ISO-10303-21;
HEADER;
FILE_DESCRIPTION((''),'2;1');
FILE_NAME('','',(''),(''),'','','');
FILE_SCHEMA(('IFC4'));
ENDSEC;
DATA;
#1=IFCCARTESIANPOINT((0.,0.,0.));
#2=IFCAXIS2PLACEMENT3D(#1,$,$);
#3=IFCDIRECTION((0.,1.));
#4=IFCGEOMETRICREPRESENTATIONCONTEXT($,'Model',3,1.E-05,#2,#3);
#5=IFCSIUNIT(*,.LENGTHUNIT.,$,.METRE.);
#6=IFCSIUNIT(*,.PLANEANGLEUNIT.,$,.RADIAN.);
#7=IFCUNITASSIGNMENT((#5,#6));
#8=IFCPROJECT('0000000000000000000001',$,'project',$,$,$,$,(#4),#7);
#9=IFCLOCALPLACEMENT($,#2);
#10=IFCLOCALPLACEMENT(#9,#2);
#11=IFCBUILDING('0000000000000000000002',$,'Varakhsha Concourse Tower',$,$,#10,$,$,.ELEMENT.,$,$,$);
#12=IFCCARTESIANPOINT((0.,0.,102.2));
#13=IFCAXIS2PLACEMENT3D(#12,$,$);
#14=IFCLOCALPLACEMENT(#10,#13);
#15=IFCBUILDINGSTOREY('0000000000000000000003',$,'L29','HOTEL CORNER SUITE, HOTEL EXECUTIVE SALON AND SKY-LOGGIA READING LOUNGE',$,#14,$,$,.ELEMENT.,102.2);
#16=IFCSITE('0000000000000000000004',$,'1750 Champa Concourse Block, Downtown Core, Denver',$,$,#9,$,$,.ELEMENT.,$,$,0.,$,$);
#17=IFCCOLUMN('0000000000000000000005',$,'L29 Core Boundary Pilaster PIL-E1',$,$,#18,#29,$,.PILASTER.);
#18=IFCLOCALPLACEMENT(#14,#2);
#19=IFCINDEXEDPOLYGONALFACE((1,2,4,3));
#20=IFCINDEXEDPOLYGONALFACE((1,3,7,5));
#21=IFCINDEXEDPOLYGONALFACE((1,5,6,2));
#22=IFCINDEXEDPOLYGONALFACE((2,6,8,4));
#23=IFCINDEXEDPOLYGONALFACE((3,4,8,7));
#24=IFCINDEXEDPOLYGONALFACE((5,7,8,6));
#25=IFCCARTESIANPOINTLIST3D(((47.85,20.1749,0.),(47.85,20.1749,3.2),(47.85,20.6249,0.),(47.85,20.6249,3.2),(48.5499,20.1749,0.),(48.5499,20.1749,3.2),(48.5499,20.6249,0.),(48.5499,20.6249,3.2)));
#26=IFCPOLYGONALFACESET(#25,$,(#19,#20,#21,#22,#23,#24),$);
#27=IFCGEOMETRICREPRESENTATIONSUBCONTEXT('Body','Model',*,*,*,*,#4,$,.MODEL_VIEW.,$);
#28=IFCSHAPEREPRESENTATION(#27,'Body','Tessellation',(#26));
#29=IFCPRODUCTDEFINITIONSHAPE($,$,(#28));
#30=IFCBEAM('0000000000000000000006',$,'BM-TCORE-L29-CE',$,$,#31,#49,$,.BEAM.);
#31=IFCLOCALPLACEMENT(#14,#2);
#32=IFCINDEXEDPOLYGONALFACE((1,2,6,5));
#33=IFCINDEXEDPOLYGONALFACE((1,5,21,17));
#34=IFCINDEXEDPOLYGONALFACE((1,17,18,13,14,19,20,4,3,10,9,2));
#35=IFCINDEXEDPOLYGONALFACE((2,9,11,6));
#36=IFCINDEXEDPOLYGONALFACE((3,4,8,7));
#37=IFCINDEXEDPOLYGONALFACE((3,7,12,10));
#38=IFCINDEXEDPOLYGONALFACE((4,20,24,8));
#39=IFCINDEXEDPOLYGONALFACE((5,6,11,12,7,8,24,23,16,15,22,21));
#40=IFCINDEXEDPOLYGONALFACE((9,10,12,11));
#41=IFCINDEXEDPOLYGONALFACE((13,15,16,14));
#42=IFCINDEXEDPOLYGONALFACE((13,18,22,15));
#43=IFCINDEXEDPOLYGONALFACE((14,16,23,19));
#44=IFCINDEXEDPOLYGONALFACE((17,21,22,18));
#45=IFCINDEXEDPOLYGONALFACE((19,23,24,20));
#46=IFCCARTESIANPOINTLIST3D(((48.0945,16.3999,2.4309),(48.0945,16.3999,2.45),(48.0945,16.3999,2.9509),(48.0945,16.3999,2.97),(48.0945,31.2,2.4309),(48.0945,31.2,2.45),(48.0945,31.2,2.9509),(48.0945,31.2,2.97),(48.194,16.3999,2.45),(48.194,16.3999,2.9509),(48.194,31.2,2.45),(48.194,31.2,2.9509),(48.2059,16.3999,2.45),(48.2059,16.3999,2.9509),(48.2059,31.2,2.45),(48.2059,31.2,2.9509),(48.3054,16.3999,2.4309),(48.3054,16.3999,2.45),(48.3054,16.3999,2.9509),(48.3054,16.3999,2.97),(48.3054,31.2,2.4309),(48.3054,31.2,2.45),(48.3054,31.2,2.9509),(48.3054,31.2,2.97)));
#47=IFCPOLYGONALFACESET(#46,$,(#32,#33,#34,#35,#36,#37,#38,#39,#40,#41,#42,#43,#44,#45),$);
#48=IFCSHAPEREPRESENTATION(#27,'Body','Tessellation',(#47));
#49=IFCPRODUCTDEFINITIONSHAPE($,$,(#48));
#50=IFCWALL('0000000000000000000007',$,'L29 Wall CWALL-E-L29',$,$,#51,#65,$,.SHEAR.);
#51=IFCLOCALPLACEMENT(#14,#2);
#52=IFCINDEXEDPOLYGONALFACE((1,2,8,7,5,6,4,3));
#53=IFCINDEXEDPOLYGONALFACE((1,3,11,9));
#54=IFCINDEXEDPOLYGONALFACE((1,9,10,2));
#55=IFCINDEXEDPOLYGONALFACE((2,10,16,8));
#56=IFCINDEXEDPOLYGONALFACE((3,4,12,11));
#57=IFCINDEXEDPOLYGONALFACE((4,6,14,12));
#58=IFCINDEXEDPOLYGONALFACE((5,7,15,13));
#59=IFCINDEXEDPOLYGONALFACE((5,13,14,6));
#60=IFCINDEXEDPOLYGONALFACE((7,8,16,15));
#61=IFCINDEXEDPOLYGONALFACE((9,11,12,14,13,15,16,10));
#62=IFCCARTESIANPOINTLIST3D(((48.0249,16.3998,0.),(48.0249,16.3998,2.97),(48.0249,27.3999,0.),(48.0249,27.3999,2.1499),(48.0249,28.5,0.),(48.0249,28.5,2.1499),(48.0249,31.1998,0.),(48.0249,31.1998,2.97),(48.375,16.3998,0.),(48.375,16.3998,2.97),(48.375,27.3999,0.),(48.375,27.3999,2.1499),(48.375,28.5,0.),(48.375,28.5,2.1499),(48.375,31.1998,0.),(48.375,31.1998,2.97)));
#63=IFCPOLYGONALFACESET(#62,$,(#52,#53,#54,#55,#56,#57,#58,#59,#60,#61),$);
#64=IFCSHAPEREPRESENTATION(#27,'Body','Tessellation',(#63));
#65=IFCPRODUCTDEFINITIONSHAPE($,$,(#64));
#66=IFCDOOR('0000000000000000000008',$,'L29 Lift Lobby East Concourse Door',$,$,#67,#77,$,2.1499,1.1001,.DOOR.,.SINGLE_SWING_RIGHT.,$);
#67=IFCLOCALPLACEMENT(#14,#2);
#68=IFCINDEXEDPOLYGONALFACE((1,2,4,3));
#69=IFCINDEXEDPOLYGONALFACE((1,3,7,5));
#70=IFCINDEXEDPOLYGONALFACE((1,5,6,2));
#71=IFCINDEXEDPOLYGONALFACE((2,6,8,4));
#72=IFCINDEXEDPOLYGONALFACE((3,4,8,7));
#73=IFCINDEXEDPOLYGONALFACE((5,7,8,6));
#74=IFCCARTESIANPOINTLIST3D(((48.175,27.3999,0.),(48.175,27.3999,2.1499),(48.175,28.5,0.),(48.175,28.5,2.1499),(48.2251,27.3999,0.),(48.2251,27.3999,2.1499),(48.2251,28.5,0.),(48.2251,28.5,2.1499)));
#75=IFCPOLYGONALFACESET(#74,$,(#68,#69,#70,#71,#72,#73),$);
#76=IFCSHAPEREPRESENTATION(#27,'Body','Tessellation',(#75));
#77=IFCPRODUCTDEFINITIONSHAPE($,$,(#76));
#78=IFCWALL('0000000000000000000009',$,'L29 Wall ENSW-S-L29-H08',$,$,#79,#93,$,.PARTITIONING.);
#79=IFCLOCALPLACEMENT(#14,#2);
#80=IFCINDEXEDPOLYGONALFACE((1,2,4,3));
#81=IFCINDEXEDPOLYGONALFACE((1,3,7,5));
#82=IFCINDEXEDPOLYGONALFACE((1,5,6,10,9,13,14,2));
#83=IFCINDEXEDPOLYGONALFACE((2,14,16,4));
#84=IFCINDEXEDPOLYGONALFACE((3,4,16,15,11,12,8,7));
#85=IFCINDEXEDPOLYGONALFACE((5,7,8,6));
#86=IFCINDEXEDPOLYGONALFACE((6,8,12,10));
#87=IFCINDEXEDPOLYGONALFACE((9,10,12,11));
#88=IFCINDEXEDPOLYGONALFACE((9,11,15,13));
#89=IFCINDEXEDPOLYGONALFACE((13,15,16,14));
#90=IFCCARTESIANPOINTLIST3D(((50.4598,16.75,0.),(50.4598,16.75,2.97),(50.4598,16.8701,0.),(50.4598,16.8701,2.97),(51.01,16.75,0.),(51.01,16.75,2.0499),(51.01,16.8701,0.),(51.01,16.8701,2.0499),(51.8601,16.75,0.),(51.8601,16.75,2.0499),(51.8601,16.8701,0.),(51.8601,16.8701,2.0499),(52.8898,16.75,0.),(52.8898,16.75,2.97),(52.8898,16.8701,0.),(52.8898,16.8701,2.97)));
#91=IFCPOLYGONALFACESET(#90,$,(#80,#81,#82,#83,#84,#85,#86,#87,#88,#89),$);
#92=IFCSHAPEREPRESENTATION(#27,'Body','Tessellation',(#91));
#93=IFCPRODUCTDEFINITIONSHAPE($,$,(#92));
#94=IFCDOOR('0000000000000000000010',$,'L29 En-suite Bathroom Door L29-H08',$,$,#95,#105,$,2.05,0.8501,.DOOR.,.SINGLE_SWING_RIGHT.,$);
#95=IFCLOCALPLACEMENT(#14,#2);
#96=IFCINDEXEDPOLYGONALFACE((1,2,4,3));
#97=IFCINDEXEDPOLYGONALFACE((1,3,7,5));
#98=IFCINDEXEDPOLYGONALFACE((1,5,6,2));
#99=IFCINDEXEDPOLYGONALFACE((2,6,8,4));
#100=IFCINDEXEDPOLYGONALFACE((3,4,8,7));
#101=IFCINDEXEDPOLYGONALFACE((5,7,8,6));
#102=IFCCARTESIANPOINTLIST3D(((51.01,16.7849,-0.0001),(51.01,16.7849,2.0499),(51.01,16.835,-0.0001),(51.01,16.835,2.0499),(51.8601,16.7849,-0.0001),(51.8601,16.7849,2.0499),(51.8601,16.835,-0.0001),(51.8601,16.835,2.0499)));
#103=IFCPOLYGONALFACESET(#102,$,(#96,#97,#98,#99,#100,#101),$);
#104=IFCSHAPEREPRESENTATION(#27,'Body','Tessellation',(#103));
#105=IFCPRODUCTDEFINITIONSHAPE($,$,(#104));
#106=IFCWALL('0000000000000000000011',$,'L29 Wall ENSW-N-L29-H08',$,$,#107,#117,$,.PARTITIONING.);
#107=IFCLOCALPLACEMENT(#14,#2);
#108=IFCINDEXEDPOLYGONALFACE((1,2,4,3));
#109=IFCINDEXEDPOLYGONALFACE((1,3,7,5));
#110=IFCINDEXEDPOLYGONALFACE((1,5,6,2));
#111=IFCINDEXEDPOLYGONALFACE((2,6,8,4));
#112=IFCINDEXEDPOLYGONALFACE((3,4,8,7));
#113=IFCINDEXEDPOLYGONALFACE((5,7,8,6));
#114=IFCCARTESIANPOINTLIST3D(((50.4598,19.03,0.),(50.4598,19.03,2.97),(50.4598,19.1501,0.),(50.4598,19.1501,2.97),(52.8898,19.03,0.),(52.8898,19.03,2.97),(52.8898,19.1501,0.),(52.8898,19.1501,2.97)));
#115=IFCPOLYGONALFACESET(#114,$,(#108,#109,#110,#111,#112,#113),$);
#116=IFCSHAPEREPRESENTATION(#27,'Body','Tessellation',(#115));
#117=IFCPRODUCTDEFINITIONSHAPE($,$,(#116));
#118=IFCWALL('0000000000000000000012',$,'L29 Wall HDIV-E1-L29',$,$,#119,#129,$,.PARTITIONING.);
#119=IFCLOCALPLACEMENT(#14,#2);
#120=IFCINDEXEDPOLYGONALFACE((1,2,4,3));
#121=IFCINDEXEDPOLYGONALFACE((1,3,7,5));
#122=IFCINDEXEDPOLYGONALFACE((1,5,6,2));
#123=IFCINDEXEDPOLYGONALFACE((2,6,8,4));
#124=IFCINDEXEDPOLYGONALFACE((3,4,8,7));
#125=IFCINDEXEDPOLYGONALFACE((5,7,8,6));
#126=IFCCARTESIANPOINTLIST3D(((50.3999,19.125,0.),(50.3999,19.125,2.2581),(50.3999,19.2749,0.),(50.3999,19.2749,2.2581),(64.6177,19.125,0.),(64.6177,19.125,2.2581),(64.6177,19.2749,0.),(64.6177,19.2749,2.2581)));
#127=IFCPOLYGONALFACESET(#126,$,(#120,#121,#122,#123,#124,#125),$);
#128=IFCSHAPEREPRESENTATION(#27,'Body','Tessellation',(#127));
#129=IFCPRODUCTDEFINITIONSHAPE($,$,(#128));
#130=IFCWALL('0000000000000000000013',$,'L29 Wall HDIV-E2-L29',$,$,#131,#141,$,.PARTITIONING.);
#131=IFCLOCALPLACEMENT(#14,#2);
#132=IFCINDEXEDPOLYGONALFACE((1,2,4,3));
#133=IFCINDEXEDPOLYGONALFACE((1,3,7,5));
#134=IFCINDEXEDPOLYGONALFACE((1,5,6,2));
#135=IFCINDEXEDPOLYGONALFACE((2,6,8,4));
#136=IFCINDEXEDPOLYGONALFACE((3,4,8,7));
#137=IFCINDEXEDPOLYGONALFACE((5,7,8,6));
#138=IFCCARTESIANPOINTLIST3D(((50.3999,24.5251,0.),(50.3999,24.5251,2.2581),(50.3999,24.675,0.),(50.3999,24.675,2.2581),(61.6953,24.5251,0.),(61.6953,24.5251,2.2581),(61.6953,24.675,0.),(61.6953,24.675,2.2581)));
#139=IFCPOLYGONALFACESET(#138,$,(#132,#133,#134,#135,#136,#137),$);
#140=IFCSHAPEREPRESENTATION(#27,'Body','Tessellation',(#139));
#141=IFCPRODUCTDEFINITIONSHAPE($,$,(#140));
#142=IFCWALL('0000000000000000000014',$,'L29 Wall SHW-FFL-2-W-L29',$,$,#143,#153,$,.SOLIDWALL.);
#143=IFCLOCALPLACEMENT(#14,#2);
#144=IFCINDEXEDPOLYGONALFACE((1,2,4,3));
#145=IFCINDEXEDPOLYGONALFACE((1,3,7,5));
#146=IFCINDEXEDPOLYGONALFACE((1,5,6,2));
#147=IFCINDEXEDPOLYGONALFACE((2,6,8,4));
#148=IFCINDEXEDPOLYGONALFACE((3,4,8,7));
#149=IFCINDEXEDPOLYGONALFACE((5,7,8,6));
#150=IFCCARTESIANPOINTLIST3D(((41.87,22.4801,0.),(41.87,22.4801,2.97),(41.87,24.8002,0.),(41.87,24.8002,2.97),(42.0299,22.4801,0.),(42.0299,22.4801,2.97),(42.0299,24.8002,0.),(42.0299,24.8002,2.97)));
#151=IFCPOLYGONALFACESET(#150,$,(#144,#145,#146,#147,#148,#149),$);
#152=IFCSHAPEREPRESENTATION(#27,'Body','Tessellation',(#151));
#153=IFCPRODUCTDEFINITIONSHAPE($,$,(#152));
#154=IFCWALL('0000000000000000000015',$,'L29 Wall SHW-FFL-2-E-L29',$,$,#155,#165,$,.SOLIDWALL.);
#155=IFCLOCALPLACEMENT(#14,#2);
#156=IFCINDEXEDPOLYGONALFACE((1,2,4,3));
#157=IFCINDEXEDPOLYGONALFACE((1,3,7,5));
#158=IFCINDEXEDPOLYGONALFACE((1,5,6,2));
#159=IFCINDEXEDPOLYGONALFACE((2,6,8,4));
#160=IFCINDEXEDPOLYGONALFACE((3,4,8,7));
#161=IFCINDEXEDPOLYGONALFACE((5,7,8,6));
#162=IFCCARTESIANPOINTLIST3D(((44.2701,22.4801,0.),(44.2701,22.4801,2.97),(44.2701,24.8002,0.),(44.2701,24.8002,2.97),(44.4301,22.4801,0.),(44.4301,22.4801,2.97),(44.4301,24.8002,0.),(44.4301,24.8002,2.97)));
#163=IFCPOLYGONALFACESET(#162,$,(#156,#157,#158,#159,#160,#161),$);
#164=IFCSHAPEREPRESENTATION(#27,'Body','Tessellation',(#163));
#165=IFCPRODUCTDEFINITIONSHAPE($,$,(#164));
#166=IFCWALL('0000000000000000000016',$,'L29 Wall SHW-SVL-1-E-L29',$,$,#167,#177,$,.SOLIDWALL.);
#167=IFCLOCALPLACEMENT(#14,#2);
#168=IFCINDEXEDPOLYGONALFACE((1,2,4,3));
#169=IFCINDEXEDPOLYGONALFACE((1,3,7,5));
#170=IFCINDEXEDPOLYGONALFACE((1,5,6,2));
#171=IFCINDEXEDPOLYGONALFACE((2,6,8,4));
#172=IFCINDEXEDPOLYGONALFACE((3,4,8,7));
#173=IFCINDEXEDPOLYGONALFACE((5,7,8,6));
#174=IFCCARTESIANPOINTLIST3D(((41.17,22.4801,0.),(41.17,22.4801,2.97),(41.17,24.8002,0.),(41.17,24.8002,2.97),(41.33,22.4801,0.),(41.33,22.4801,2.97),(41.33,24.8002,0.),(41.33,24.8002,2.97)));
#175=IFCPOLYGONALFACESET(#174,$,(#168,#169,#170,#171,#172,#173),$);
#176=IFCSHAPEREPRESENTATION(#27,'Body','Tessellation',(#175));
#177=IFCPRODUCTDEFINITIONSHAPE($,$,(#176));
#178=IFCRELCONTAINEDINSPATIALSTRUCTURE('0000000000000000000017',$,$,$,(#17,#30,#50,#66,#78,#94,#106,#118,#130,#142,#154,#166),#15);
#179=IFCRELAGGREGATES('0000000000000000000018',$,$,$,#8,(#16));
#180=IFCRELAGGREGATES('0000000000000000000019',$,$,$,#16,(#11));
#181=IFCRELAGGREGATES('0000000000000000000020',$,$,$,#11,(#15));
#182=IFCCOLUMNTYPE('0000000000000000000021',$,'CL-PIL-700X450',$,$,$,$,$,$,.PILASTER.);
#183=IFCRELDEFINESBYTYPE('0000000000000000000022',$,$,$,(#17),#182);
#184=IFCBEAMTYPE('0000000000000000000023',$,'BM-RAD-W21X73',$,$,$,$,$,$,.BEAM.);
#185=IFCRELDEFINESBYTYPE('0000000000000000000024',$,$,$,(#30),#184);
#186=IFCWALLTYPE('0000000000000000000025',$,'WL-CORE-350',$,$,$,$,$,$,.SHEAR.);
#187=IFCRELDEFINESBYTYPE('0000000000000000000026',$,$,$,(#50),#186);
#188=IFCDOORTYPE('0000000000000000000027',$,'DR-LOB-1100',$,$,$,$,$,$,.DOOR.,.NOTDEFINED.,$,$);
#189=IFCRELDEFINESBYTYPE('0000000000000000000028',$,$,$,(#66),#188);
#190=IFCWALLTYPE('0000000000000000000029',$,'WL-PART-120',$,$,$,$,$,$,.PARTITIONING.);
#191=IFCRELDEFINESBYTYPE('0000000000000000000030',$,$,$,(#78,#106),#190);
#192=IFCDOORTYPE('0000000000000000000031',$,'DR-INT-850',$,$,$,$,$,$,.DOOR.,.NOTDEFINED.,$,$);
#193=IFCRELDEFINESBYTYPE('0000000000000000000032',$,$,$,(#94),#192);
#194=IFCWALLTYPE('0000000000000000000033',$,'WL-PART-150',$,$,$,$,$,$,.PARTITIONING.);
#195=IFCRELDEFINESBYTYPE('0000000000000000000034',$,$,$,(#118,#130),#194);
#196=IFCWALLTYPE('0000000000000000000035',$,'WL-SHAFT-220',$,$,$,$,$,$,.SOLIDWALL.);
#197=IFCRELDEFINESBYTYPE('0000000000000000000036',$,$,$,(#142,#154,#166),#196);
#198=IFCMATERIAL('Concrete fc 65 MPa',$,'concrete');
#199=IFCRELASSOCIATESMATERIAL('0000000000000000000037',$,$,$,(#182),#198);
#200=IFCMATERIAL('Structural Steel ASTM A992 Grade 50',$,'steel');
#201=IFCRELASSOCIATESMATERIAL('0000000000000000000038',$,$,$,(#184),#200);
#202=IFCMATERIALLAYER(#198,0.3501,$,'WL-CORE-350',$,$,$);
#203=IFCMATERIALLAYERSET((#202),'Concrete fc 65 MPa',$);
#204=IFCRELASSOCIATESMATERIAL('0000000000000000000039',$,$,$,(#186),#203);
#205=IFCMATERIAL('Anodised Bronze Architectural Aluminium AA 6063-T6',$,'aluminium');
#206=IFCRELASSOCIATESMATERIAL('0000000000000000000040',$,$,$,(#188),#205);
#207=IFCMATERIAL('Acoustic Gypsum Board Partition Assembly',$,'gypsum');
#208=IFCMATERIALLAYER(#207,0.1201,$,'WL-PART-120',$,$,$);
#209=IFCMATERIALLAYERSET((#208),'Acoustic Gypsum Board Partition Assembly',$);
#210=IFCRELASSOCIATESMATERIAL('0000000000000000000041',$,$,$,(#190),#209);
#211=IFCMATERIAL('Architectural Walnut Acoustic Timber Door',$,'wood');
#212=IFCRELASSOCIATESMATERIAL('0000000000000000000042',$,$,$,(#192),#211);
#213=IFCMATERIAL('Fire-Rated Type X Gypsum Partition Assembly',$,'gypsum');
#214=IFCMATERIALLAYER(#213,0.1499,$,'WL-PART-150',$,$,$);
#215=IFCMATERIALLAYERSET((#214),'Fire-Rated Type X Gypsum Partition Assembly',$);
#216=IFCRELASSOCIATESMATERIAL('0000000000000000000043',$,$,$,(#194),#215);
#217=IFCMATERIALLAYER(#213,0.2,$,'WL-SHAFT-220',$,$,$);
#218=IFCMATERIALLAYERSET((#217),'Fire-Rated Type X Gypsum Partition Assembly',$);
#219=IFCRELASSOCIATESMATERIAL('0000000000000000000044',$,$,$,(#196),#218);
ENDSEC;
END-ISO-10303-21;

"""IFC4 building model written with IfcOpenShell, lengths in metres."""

from ifc_helpers import new_model, si_unit, direction, frame, frame_2d, origin, origin_2d, place, context, subcontext, project, spatial, rectangle, i_section, extrude, material, layer, layer_set, material_profile, profile_set, type_object, element, fill, save


model = new_model("IFC4")

# Units and contexts
model_context = context("Model", 3, precision=1e-05, world=origin(), true_north=direction((0.0, 1.0)))
body_context = subcontext(model_context, "Body", "Model", "MODEL_VIEW")
ifc_project = project(units=[si_unit("LENGTHUNIT", "METRE"), si_unit("PLANEANGLEUNIT", "RADIAN")], contexts=[model_context])

# Site, building, storey
site_placement = place(None, origin())
site = spatial("IfcSite", under=ifc_project, at=site_placement, Name="1750 Champa Concourse Block, Downtown Core, Denver", CompositionType="ELEMENT", RefElevation=0.0)
building_placement = place(site_placement, origin())
building = spatial("IfcBuilding", under=site, at=building_placement, Name="Varakhsha Concourse Tower", CompositionType="ELEMENT")
storey_placement = place(building_placement, frame((0.0, 0.0, 102.2)))
storey = spatial("IfcBuildingStorey", under=building, at=storey_placement, Name="L29", Description="HOTEL CORNER SUITE, HOTEL EXECUTIVE SALON AND SKY-LOGGIA READING LOUNGE", CompositionType="ELEMENT", Elevation=102.2)

# Column
ifc_material_1 = material(Name="Concrete fc 65 MPa", Category="concrete")
ifc_material_profile_1 = material_profile(ifc_material_1, rectangle(XDim=0.7, YDim=0.45, at=origin_2d()), Name="RC 700x450")
ifc_profile_set_1 = profile_set([ifc_material_profile_1], Name="Concrete fc 65 MPa")
column_type = type_object("IfcColumnType", Name="CL-PIL-700X450", PredefinedType="PILASTER", material=ifc_profile_set_1)
column_placement = place(storey_placement, frame((48.2, 20.3999, 0.0), z_axis=(0.0, 0.0, 1.0), x_axis=(1.0, 0.0, 0.0)))
element("IfcColumn", 1, at=column_placement, inside=storey, type_object=column_type, Name="L29 Core Boundary Pilaster PIL-E1", PredefinedType="PILASTER", context=body_context, shape_type="SweptSolid", body=[
    extrude(rectangle(XDim=0.7, YDim=0.45, at=origin_2d()), origin(), (0.0, 0.0, 1.0), 3.2),
])

# Beam
ifc_material_2 = material(Name="Structural Steel ASTM A992 Grade 50", Category="steel")
ifc_material_profile_2 = material_profile(ifc_material_2, i_section(OverallWidth=0.2109, OverallDepth=0.5391, WebThickness=0.012, FlangeThickness=0.019, at=origin_2d()), Name="W21X73")
ifc_profile_set_2 = profile_set([ifc_material_profile_2], Name="Structural Steel ASTM A992 Grade 50")
beam_type = type_object("IfcBeamType", Name="BM-RAD-W21X73", PredefinedType="BEAM", material=ifc_profile_set_2)
beam_placement = place(storey_placement, frame((48.2, 16.3999, 2.7004), z_axis=(0.0, 1.0, 0.0), x_axis=(-1.0, 0.0, 0.0)))
element("IfcBeam", 2, at=beam_placement, inside=storey, type_object=beam_type, Name="BM-TCORE-L29-CE", PredefinedType="BEAM", context=body_context, shape_type="SweptSolid", body=[
    extrude(i_section(OverallWidth=0.2109, OverallDepth=0.5391, WebThickness=0.012, FlangeThickness=0.019, at=origin_2d()), origin(), (0.0, 0.0, 1.0), 14.8),
])

# Walls, openings, doors
ifc_layer_1 = layer(ifc_material_1, 0.3501, Name="WL-CORE-350")
ifc_layer_set_1 = layer_set([ifc_layer_1], Name="Concrete fc 65 MPa")
wall_type_1 = type_object("IfcWallType", Name="WL-CORE-350", PredefinedType="SHEAR", material=ifc_layer_set_1)
wall_1_placement = place(storey_placement, frame((48.2, 16.3999, 0.0), z_axis=(0.0, 0.0, 1.0), x_axis=(0.0, 1.0, 0.0)))
wall_1 = element("IfcWall", 3, at=wall_1_placement, inside=storey, type_object=wall_type_1, Name="L29 Wall CWALL-E-L29", PredefinedType="SHEAR", context=body_context, shape_type="SweptSolid", body=[
    extrude(rectangle(XDim=14.8, YDim=0.3501, at=frame_2d((7.3999, 0.0))), origin(), (0.0, 0.0, 1.0), 2.97),
])
opening_1_placement = place(wall_1_placement, frame((11.0, 0.0, 0.0)))
opening_1 = element("IfcOpeningElement", 4, at=opening_1_placement, cuts=wall_1, PredefinedType="OPENING", context=body_context, shape_type="SweptSolid", body=[
    extrude(rectangle(XDim=1.1001, YDim=2.1499, at=frame_2d((0.55, 1.075))), frame((0.0, 0.1851, 0.0), z_axis=(0.0, -1.0, 0.0), x_axis=(1.0, 0.0, 0.0)), (0.0, 0.0, 1.0), 0.3701),
])
ifc_material_3 = material(Name="Anodised Bronze Architectural Aluminium AA 6063-T6", Category="aluminium")
door_type_1 = type_object("IfcDoorType", Name="DR-LOB-1100", OperationType="NOTDEFINED", PredefinedType="DOOR", material=ifc_material_3)
door_1_placement = place(opening_1_placement, origin())
door_1 = element("IfcDoor", 5, at=door_1_placement, inside=storey, type_object=door_type_1, Name="L29 Lift Lobby East Concourse Door", OperationType="SINGLE_SWING_RIGHT", OverallHeight=2.1499, OverallWidth=1.1001, PredefinedType="DOOR", context=body_context, shape_type="SweptSolid", body=[
    extrude(rectangle(XDim=1.1001, YDim=2.1499, at=frame_2d((0.55, 1.075))), frame((0.0, 0.0249, 0.0), z_axis=(0.0, -1.0, 0.0), x_axis=(1.0, 0.0, 0.0)), (0.0, 0.0, 1.0), 0.05),
])
fill(opening_1, door_1)
ifc_material_4 = material(Name="Acoustic Gypsum Board Partition Assembly", Category="gypsum")
ifc_layer_2 = layer(ifc_material_4, 0.1201, Name="WL-PART-120")
ifc_layer_set_2 = layer_set([ifc_layer_2], Name="Acoustic Gypsum Board Partition Assembly")
wall_type_2 = type_object("IfcWallType", Name="WL-PART-120", PredefinedType="PARTITIONING", material=ifc_layer_set_2)
wall_2_placement = place(storey_placement, frame((50.46, 16.8101, 0.0), z_axis=(0.0, 0.0, 1.0), x_axis=(1.0, 0.0, 0.0)))
wall_2 = element("IfcWall", 6, at=wall_2_placement, inside=storey, type_object=wall_type_2, Name="L29 Wall ENSW-S-L29-H08", PredefinedType="PARTITIONING", context=body_context, shape_type="SweptSolid", body=[
    extrude(rectangle(XDim=2.4299, YDim=0.1201, at=frame_2d((1.2148, 0.0))), origin(), (0.0, 0.0, 1.0), 2.97),
])
opening_2_placement = place(wall_2_placement, frame((0.55, 0.0, 0.0)))
opening_2 = element("IfcOpeningElement", 7, at=opening_2_placement, cuts=wall_2, PredefinedType="OPENING", context=body_context, shape_type="SweptSolid", body=[
    extrude(rectangle(XDim=0.8501, YDim=2.05, at=frame_2d((0.425, 1.0249))), frame((0.0, 0.0701, 0.0), z_axis=(0.0, -1.0, 0.0), x_axis=(1.0, 0.0, 0.0)), (0.0, 0.0, 1.0), 0.1401),
])
ifc_material_5 = material(Name="Architectural Walnut Acoustic Timber Door", Category="wood")
door_type_2 = type_object("IfcDoorType", Name="DR-INT-850", OperationType="NOTDEFINED", PredefinedType="DOOR", material=ifc_material_5)
door_2_placement = place(opening_2_placement, origin())
door_2 = element("IfcDoor", 8, at=door_2_placement, inside=storey, type_object=door_type_2, Name="L29 En-suite Bathroom Door L29-H08", OperationType="SINGLE_SWING_RIGHT", OverallHeight=2.05, OverallWidth=0.8501, PredefinedType="DOOR", context=body_context, shape_type="SweptSolid", body=[
    extrude(rectangle(XDim=0.8501, YDim=2.05, at=frame_2d((0.425, 1.0249))), frame((0.0, 0.0249, 0.0), z_axis=(0.0, -1.0, 0.0), x_axis=(1.0, 0.0, 0.0)), (0.0, 0.0, 1.0), 0.05),
])
fill(opening_2, door_2)

# Walls
wall_3_placement = place(storey_placement, frame((50.46, 19.0901, 0.0), z_axis=(0.0, 0.0, 1.0), x_axis=(1.0, 0.0, 0.0)))
element("IfcWall", 9, at=wall_3_placement, inside=storey, type_object=wall_type_2, Name="L29 Wall ENSW-N-L29-H08", PredefinedType="PARTITIONING", context=body_context, shape_type="SweptSolid", body=[
    extrude(rectangle(XDim=2.4299, YDim=0.1201, at=frame_2d((1.2148, 0.0))), origin(), (0.0, 0.0, 1.0), 2.97),
])
ifc_material_6 = material(Name="Fire-Rated Type X Gypsum Partition Assembly", Category="gypsum")
ifc_layer_3 = layer(ifc_material_6, 0.1499, Name="WL-PART-150")
ifc_layer_set_3 = layer_set([ifc_layer_3], Name="Fire-Rated Type X Gypsum Partition Assembly")
wall_type_3 = type_object("IfcWallType", Name="WL-PART-150", PredefinedType="PARTITIONING", material=ifc_layer_set_3)
wall_4_placement = place(storey_placement, frame((50.3999, 19.2, 0.0), z_axis=(0.0, 0.0, 1.0), x_axis=(1.0, 0.0, 0.0)))
element("IfcWall", 10, at=wall_4_placement, inside=storey, type_object=wall_type_3, Name="L29 Wall HDIV-E1-L29", PredefinedType="PARTITIONING", context=body_context, shape_type="SweptSolid", body=[
    extrude(rectangle(XDim=14.2178, YDim=0.1499, at=frame_2d((7.1089, 0.0))), origin(), (0.0, 0.0, 1.0), 2.2581),
])
wall_5_placement = place(storey_placement, frame((50.3999, 24.6001, 0.0), z_axis=(0.0, 0.0, 1.0), x_axis=(1.0, 0.0, 0.0)))
element("IfcWall", 11, at=wall_5_placement, inside=storey, type_object=wall_type_3, Name="L29 Wall HDIV-E2-L29", PredefinedType="PARTITIONING", context=body_context, shape_type="SweptSolid", body=[
    extrude(rectangle(XDim=11.2954, YDim=0.1499, at=frame_2d((5.6477, 0.0))), origin(), (0.0, 0.0, 1.0), 2.2581),
])
ifc_layer_4 = layer(ifc_material_6, 0.2, Name="WL-SHAFT-220")
ifc_layer_set_4 = layer_set([ifc_layer_4], Name="Fire-Rated Type X Gypsum Partition Assembly")
wall_type_4 = type_object("IfcWallType", Name="WL-SHAFT-220", PredefinedType="SOLIDWALL", material=ifc_layer_set_4)
for number, where, z_axis, x_axis, name in (
    (12, (41.95, 22.48, 0.0), (0.0, 0.0, 1.0), (0.0, 1.0, 0.0), "L29 Wall SHW-FFL-2-W-L29"),
    (13, (44.3501, 22.48, 0.0), (0.0, 0.0, 1.0), (0.0, 1.0, 0.0), "L29 Wall SHW-FFL-2-E-L29"),
    (14, (41.25, 22.48, 0.0), (0.0, 0.0, 1.0), (0.0, 1.0, 0.0), "L29 Wall SHW-SVL-1-E-L29"),
):
    element("IfcWall", number, at=place(storey_placement, frame(where, z_axis=z_axis, x_axis=x_axis)), inside=storey, type_object=wall_type_4, Name=name, PredefinedType="SOLIDWALL", context=body_context, shape_type="SweptSolid", body=[
        extrude(rectangle(XDim=2.3201, YDim=0.1599, at=frame_2d((1.1602, 0.0))), origin(), (0.0, 0.0, 1.0), 2.97),
    ])

save(model, "model.ifc")
